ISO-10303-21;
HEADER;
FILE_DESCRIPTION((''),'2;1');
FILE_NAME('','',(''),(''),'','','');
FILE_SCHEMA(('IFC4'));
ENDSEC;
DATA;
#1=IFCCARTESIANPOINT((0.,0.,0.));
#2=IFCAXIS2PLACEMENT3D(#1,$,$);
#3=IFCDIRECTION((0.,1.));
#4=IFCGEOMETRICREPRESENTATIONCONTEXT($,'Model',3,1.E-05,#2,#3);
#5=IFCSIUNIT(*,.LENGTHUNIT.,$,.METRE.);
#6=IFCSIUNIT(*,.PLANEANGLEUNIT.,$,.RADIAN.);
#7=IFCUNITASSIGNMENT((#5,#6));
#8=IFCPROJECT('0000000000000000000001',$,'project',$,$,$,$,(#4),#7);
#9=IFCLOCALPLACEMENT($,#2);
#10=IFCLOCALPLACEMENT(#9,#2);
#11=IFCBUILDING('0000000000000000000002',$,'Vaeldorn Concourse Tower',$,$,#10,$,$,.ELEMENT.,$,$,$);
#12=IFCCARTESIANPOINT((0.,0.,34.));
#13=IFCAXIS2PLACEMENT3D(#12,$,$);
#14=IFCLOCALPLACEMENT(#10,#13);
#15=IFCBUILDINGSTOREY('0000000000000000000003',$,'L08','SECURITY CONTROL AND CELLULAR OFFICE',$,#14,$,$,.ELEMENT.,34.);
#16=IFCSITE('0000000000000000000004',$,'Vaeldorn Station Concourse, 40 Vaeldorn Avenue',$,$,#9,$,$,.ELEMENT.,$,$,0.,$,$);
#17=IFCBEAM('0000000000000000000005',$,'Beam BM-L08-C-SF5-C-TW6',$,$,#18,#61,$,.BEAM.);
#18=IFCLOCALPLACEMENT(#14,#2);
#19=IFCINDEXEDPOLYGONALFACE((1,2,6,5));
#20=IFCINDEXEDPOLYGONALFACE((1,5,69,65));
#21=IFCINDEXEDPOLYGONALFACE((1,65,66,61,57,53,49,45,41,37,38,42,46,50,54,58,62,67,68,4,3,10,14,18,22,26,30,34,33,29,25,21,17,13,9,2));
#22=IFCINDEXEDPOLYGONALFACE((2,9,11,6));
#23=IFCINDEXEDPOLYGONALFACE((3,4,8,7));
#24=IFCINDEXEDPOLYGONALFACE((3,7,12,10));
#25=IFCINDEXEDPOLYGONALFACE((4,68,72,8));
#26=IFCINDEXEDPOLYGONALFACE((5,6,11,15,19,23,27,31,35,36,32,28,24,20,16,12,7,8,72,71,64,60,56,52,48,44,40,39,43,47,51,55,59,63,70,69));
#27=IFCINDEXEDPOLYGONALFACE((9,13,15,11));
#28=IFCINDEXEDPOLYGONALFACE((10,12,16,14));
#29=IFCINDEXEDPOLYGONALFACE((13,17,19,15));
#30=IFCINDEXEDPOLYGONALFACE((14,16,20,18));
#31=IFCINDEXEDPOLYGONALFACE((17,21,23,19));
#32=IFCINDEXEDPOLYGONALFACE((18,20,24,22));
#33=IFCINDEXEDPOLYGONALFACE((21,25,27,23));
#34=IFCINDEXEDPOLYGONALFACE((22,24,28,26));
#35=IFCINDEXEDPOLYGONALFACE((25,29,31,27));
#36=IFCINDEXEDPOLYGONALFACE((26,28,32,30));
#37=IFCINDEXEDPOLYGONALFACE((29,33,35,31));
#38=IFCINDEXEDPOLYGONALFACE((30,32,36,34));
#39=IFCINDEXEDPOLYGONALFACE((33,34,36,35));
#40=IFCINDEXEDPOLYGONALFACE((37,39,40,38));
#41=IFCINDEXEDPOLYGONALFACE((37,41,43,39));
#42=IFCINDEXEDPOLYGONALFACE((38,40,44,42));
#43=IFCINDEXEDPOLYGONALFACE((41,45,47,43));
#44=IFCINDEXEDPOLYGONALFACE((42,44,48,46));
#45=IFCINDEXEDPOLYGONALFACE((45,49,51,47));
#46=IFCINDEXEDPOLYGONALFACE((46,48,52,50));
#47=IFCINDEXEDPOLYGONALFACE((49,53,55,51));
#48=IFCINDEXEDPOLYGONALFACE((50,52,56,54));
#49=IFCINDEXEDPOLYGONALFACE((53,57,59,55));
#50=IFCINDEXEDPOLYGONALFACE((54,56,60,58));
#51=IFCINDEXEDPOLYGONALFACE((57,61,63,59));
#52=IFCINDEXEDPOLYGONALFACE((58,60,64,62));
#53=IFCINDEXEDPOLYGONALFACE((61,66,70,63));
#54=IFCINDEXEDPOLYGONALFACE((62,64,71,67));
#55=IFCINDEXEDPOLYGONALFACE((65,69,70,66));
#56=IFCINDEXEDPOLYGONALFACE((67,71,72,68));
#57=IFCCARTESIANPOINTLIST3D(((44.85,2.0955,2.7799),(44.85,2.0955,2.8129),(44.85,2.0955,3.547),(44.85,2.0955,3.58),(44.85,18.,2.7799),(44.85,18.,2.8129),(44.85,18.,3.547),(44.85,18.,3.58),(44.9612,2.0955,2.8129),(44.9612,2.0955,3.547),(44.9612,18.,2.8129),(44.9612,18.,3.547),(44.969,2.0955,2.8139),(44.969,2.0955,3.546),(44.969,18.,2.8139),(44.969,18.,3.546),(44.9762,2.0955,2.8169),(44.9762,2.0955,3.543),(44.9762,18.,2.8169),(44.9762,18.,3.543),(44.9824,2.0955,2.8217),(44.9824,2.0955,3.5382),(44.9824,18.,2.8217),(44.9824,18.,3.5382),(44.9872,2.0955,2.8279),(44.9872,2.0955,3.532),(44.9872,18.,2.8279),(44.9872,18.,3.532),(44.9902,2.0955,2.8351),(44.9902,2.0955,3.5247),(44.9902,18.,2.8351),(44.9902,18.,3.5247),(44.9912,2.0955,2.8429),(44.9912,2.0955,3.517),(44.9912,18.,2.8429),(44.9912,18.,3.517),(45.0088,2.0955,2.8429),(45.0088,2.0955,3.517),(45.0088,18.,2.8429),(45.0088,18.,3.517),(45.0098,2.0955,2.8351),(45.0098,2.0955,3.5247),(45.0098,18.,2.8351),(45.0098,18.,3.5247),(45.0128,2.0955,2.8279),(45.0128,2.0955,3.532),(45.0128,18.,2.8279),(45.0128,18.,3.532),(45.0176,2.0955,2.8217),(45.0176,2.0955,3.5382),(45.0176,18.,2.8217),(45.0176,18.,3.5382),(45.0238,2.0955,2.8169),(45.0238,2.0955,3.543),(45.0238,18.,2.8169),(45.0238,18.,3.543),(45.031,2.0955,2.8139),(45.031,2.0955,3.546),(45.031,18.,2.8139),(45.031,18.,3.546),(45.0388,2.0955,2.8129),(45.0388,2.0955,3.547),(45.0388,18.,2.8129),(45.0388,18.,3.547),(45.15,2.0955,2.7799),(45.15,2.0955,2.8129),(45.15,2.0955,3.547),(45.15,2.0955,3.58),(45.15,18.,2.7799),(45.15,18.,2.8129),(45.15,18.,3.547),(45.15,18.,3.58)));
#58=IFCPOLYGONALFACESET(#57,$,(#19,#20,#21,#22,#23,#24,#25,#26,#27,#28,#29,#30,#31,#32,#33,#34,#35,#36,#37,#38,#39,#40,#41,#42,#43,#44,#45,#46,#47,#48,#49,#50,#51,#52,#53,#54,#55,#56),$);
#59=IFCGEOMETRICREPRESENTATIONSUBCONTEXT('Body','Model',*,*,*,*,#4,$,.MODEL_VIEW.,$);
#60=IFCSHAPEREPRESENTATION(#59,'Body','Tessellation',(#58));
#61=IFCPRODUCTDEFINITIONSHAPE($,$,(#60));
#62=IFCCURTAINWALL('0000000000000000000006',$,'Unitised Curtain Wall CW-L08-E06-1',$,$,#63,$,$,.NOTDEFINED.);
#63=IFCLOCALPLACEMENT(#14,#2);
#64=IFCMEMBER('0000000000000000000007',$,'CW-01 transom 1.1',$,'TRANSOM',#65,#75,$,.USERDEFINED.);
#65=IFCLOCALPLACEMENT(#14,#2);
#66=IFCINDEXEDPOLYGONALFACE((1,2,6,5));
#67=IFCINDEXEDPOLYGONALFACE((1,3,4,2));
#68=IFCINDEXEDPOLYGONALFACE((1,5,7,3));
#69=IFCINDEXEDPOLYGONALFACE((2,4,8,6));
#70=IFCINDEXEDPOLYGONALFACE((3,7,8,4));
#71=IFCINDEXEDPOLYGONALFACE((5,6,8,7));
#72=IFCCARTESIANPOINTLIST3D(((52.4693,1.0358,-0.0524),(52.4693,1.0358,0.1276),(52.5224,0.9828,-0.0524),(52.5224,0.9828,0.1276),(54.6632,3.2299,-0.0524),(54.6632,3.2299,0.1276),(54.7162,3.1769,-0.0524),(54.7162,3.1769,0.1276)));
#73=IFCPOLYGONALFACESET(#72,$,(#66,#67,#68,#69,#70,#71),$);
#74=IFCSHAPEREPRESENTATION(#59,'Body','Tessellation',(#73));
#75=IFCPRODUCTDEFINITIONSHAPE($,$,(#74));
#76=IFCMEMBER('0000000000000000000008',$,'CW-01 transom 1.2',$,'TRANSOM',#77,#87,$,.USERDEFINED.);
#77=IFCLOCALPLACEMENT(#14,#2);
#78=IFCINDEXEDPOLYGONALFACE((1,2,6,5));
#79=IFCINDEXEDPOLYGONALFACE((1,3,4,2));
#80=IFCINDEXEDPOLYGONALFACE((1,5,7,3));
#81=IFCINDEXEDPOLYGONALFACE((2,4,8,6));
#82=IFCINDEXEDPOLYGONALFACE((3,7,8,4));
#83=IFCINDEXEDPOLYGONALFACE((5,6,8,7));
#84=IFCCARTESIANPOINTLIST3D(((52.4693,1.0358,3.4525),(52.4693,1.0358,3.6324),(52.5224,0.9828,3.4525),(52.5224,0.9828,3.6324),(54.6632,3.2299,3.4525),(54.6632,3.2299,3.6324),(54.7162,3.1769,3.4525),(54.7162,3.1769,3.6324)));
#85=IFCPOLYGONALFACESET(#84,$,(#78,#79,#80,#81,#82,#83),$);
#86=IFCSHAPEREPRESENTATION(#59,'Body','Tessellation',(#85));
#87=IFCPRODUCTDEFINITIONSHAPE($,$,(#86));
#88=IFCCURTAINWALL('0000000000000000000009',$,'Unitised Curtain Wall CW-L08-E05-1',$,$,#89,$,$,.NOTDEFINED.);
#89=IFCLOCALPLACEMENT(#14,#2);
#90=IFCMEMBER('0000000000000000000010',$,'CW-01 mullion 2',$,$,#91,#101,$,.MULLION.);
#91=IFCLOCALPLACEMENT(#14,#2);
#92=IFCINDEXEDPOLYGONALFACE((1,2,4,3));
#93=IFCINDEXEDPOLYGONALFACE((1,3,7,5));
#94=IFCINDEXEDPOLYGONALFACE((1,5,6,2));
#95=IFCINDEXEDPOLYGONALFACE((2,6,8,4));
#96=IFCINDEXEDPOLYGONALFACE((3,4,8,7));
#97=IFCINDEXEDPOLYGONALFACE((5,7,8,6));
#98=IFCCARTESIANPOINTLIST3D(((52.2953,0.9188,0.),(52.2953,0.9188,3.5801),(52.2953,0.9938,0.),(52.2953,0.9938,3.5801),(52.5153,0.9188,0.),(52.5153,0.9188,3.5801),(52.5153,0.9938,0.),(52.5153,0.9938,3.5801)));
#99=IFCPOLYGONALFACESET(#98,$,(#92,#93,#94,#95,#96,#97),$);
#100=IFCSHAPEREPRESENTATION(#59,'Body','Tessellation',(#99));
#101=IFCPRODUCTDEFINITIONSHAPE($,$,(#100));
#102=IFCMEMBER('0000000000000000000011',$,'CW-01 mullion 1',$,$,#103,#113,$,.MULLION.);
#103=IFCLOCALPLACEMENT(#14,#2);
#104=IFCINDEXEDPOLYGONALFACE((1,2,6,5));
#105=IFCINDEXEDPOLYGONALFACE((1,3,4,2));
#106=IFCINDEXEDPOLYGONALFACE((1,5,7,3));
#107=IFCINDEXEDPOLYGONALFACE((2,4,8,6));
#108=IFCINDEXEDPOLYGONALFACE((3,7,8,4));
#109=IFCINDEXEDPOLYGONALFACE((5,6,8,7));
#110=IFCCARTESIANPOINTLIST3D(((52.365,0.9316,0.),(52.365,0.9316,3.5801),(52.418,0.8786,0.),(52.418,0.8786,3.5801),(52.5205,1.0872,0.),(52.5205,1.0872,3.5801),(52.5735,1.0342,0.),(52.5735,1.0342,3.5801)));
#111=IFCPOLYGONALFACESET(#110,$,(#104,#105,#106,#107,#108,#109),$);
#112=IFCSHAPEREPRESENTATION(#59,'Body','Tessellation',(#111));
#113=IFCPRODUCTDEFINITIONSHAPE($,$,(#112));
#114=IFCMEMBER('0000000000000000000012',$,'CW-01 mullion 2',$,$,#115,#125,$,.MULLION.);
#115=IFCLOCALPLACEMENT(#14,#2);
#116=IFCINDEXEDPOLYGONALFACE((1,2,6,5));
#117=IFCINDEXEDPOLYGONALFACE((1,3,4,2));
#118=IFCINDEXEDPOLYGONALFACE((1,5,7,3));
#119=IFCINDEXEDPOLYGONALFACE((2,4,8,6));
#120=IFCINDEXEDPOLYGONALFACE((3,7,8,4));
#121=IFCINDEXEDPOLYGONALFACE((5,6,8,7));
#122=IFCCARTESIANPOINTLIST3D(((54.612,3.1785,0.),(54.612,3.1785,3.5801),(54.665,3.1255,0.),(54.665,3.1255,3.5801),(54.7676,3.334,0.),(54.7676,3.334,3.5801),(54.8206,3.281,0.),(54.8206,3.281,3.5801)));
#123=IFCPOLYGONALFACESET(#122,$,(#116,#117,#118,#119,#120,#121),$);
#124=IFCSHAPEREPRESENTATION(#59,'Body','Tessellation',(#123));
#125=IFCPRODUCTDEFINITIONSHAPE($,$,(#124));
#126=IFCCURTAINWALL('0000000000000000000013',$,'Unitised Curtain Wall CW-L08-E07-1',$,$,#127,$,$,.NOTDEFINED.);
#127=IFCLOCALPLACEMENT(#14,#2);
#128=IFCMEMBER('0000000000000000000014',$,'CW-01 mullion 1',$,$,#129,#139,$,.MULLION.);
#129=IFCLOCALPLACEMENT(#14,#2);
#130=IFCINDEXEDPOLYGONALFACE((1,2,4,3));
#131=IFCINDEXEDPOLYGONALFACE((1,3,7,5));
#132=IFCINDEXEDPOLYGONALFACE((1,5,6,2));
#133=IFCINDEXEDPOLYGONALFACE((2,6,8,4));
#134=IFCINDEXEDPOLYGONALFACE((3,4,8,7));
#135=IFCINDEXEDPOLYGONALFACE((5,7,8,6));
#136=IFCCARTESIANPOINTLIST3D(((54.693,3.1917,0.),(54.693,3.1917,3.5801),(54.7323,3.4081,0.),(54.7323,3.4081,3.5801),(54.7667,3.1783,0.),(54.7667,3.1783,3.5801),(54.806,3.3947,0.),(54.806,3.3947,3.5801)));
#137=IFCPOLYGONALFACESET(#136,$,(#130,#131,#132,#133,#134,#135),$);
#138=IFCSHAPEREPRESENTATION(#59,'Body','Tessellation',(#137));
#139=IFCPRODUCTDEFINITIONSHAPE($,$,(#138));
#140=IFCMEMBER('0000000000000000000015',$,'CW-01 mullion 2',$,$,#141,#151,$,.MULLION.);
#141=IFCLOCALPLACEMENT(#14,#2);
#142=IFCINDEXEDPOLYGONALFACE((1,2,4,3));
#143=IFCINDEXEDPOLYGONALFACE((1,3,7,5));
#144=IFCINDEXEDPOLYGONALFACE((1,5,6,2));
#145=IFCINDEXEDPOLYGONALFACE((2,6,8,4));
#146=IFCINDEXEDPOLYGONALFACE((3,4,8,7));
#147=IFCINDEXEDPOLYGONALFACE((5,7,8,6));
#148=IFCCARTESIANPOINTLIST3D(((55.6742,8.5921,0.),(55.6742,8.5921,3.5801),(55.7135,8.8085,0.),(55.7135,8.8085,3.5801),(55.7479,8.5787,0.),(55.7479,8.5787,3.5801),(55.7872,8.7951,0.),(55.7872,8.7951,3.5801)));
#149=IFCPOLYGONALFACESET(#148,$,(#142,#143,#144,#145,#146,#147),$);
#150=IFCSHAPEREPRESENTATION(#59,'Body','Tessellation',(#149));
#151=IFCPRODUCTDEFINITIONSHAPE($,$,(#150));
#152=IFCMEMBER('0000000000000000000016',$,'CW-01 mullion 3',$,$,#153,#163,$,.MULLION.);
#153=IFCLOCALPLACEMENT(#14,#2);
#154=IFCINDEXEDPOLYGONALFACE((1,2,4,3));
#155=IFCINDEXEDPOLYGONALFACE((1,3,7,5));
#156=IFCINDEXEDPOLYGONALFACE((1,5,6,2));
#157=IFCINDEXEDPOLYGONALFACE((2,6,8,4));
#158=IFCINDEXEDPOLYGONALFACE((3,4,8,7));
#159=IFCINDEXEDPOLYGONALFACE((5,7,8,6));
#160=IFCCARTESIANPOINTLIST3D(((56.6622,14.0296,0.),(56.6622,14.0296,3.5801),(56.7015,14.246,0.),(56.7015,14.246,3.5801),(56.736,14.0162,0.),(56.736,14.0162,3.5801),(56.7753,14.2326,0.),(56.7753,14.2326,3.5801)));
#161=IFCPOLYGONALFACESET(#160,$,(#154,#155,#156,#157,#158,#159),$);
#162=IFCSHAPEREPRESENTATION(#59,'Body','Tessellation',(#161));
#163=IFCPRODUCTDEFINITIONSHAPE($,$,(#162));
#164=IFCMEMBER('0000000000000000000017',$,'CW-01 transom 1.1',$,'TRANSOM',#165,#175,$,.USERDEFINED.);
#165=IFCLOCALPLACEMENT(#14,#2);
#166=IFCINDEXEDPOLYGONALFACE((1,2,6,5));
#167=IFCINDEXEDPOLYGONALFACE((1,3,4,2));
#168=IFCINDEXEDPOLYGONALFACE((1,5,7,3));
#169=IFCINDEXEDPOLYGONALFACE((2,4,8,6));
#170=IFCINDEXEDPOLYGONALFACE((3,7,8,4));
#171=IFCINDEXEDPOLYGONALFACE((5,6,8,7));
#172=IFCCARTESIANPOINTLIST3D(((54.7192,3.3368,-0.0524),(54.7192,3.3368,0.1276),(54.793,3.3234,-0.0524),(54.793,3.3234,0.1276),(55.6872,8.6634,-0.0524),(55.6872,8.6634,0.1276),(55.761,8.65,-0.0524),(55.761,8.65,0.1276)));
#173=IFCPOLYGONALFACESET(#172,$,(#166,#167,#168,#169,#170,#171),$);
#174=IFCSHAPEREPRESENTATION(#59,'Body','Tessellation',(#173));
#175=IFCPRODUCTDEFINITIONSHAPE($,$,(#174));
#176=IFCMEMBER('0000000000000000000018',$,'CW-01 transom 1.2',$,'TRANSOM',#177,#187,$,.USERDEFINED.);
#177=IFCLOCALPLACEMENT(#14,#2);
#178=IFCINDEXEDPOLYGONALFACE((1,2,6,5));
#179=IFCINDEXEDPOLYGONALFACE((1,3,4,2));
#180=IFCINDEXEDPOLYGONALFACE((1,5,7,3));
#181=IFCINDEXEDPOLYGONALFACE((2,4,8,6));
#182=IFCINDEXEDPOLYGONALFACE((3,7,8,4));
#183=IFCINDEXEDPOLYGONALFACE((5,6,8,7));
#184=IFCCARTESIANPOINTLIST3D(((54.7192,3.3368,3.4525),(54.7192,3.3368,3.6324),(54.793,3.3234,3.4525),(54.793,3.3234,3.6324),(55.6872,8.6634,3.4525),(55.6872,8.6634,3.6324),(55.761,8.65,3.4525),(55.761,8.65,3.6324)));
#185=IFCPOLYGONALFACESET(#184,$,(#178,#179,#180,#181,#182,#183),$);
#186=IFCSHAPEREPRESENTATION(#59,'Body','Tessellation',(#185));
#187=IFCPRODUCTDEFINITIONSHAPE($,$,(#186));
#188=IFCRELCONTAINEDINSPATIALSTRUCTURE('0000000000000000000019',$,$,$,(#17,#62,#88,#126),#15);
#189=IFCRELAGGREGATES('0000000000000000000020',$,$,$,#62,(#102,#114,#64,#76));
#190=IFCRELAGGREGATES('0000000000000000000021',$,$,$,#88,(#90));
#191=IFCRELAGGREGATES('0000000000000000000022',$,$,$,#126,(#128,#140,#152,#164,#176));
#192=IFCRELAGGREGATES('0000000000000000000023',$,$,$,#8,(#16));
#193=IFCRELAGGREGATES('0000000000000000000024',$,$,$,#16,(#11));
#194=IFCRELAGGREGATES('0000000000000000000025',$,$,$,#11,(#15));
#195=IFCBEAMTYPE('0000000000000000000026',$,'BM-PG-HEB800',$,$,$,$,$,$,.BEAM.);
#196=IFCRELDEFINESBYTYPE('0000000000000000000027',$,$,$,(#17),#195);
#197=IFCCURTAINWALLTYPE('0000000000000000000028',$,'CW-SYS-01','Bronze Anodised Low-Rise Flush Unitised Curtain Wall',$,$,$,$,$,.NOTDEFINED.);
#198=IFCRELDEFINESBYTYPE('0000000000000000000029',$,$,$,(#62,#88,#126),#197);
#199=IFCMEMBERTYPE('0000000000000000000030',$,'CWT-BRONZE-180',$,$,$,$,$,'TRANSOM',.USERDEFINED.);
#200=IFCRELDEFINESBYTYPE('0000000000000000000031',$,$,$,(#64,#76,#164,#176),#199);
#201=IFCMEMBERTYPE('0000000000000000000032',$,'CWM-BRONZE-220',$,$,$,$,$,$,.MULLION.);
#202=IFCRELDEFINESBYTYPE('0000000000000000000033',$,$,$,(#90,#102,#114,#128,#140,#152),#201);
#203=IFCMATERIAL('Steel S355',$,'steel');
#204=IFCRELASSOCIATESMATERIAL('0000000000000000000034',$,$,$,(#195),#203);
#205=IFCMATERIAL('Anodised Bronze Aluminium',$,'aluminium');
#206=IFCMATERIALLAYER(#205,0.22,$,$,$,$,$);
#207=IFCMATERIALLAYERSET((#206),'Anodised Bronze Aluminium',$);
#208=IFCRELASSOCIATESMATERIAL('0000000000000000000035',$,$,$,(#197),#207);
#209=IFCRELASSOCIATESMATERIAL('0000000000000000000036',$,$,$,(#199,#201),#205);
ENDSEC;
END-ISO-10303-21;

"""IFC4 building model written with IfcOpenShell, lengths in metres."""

from ifc_helpers import new_model, si_unit, direction, frame, origin, origin_2d, place, context, subcontext, project, spatial, rectangle, i_section, extrude, source, transform, mapped, material, layer, layer_set, material_profile, profile_set, type_object, element, aggregate, save


model = new_model("IFC4")

# Units and contexts
model_context = context("Model", 3, precision=1e-05, world=origin(), true_north=direction((0.0, 1.0)))
body_context = subcontext(model_context, "Body", "Model", "MODEL_VIEW")
ifc_project = project(units=[si_unit("LENGTHUNIT", "METRE"), si_unit("PLANEANGLEUNIT", "RADIAN")], contexts=[model_context])

# Site, building, storey
site_placement = place(None, origin())
site = spatial("IfcSite", under=ifc_project, at=site_placement, Name="Vaeldorn Station Concourse, 40 Vaeldorn Avenue", CompositionType="ELEMENT", RefElevation=0.0)
building_placement = place(site_placement, origin())
building = spatial("IfcBuilding", under=site, at=building_placement, Name="Vaeldorn Concourse Tower", CompositionType="ELEMENT")
storey_placement = place(building_placement, frame((0.0, 0.0, 34.0)))
storey = spatial("IfcBuildingStorey", under=building, at=storey_placement, Name="L08", Description="SECURITY CONTROL AND CELLULAR OFFICE", CompositionType="ELEMENT", Elevation=34.0)

# Beam
ifc_material_1 = material(Name="Steel S355", Category="steel")
ifc_material_profile_1 = material_profile(ifc_material_1, i_section(OverallWidth=0.3, OverallDepth=0.8, WebThickness=0.0176, FlangeThickness=0.033, FilletRadius=0.03, at=origin_2d()), Name="HEB 800")
ifc_profile_set_1 = profile_set([ifc_material_profile_1], Name="Steel S355")
beam_type_1 = type_object("IfcBeamType", Name="BM-PG-HEB800", PredefinedType="BEAM", material=ifc_profile_set_1)
shared_shape_1 = source(origin(), body_context, "Body", "SweptSolid", [
    extrude(i_section(OverallWidth=0.3, OverallDepth=0.8, WebThickness=0.0176, FlangeThickness=0.033, FilletRadius=0.03, at=origin_2d()), origin(), (0.0, 0.0, 1.0), 15.9045),
])
beam_1_placement = place(storey_placement, frame((45.0, 2.0955, 3.1799), z_axis=(0.0, 1.0, 0.0), x_axis=(-1.0, 0.0, 0.0)))
element("IfcBeam", 1, at=beam_1_placement, inside=storey, type_object=beam_type_1, Name="Beam BM-L08-C-SF5-C-TW6", PredefinedType="BEAM", context=body_context, shape_type="MappedRepresentation", body=[
    mapped(shared_shape_1, transform((0.0, 0.0, 0.0), scale=1.0)),
])

# Curtain wall, members
ifc_material_2 = material(Name="Anodised Bronze Aluminium", Category="aluminium")
ifc_layer_1 = layer(ifc_material_2, 0.22)
ifc_layer_set_1 = layer_set([ifc_layer_1], Name="Anodised Bronze Aluminium")
curtain_wall_type = type_object("IfcCurtainWallType", Name="CW-SYS-01", Description="Bronze Anodised Low-Rise Flush Unitised Curtain Wall", PredefinedType="NOTDEFINED", material=ifc_layer_set_1)
curtain_wall_1_placement = place(storey_placement, origin())
curtain_wall_1 = element("IfcCurtainWall", 2, at=curtain_wall_1_placement, inside=storey, type_object=curtain_wall_type, Name="Unitised Curtain Wall CW-L08-E06-1", PredefinedType="NOTDEFINED")
ifc_material_profile_2 = material_profile(ifc_material_2, rectangle(XDim=0.075, YDim=0.1799, at=origin_2d()), Name="CWT 75x180")
ifc_profile_set_2 = profile_set([ifc_material_profile_2], Name="Anodised Bronze Aluminium")
member_type_1 = type_object("IfcMemberType", Name="CWT-BRONZE-180", ElementType="TRANSOM", PredefinedType="USERDEFINED", material=ifc_profile_set_2)
shared_shape_2 = source(origin(), body_context, "Body", "SweptSolid", [
    extrude(rectangle(XDim=0.075, YDim=0.1799, at=origin_2d()), origin(), (0.0, 0.0, 1.0), 3.1028),
])
member_1_placement = place(storey_placement, frame((52.4958, 1.0093, 0.0376), z_axis=(0.707067, 0.707146, 0.0), x_axis=(-0.707146, 0.707067, 0.0)))
member_1 = element("IfcMember", 3, at=member_1_placement, type_object=member_type_1, Name="CW-01 transom 1.1", ObjectType="TRANSOM", PredefinedType="USERDEFINED", context=body_context, shape_type="MappedRepresentation", body=[
    mapped(shared_shape_2, transform((0.0, 0.0, 0.0), scale=1.0)),
])
member_2_placement = place(storey_placement, frame((52.4958, 1.0093, 3.5425), z_axis=(0.707067, 0.707146, 0.0), x_axis=(-0.707146, 0.707067, 0.0)))
member_2 = element("IfcMember", 4, at=member_2_placement, type_object=member_type_1, Name="CW-01 transom 1.2", ObjectType="TRANSOM", PredefinedType="USERDEFINED", context=body_context, shape_type="MappedRepresentation", body=[
    mapped(shared_shape_2, transform((0.0, 0.0, 0.0), scale=1.0)),
])

# Curtain wall, member
curtain_wall_2_placement = place(storey_placement, origin())
curtain_wall_2 = element("IfcCurtainWall", 5, at=curtain_wall_2_placement, inside=storey, type_object=curtain_wall_type, Name="Unitised Curtain Wall CW-L08-E05-1", PredefinedType="NOTDEFINED")
ifc_material_profile_3 = material_profile(ifc_material_2, rectangle(XDim=0.075, YDim=0.22, at=origin_2d()), Name="CWM 75x220")
ifc_profile_set_3 = profile_set([ifc_material_profile_3], Name="Anodised Bronze Aluminium")
member_type_2 = type_object("IfcMemberType", Name="CWM-BRONZE-220", PredefinedType="MULLION", material=ifc_profile_set_3)
shared_shape_3 = source(origin(), body_context, "Body", "SweptSolid", [
    extrude(rectangle(XDim=0.075, YDim=0.22, at=origin_2d()), origin(), (0.0, 0.0, 1.0), 3.5801),
])
member_3_placement = place(storey_placement, frame((52.4053, 0.9563, 0.0), z_axis=(0.0, 0.0, 1.0), x_axis=(0.0, 1.0, 0.0)))
member_3 = element("IfcMember", 6, at=member_3_placement, type_object=member_type_2, Name="CW-01 mullion 2", PredefinedType="MULLION", context=body_context, shape_type="MappedRepresentation", body=[
    mapped(shared_shape_3, transform((0.0, 0.0, 0.0), scale=1.0)),
])

# Members
member_4_placement = place(storey_placement, frame((52.4692, 0.9829, 0.0), z_axis=(0.0, 0.0, 1.0), x_axis=(-0.707107, 0.707107, 0.0)))
member_4 = element("IfcMember", 7, at=member_4_placement, type_object=member_type_2, Name="CW-01 mullion 1", PredefinedType="MULLION", context=body_context, shape_type="MappedRepresentation", body=[
    mapped(shared_shape_3, transform((0.0, 0.0, 0.0), scale=1.0)),
])
member_5_placement = place(storey_placement, frame((54.7163, 3.2297, 0.0), z_axis=(0.0, 0.0, 1.0), x_axis=(-0.707107, 0.707107, 0.0)))
member_5 = element("IfcMember", 8, at=member_5_placement, type_object=member_type_2, Name="CW-01 mullion 2", PredefinedType="MULLION", context=body_context, shape_type="MappedRepresentation", body=[
    mapped(shared_shape_3, transform((0.0, 0.0, 0.0), scale=1.0)),
])

# Curtain wall, members
curtain_wall_3_placement = place(storey_placement, origin())
curtain_wall_3 = element("IfcCurtainWall", 9, at=curtain_wall_3_placement, inside=storey, type_object=curtain_wall_type, Name="Unitised Curtain Wall CW-L08-E07-1", PredefinedType="NOTDEFINED")
member_6_placement = place(storey_placement, frame((54.7495, 3.2932, 0.0), z_axis=(0.0, 0.0, 1.0), x_axis=(-0.98389, 0.178775, 0.0)))
member_6 = element("IfcMember", 10, at=member_6_placement, type_object=member_type_2, Name="CW-01 mullion 1", PredefinedType="MULLION", context=body_context, shape_type="MappedRepresentation", body=[
    mapped(shared_shape_3, transform((0.0, 0.0, 0.0), scale=1.0)),
])
member_7_placement = place(storey_placement, frame((55.7307, 8.6936, 0.0), z_axis=(0.0, 0.0, 1.0), x_axis=(-0.98389, 0.178775, 0.0)))
member_7 = element("IfcMember", 11, at=member_7_placement, type_object=member_type_2, Name="CW-01 mullion 2", PredefinedType="MULLION", context=body_context, shape_type="MappedRepresentation", body=[
    mapped(shared_shape_3, transform((0.0, 0.0, 0.0), scale=1.0)),
])
member_8_placement = place(storey_placement, frame((56.7188, 14.1311, 0.0), z_axis=(0.0, 0.0, 1.0), x_axis=(-0.98389, 0.178775, 0.0)))
member_8 = element("IfcMember", 12, at=member_8_placement, type_object=member_type_2, Name="CW-01 mullion 3", PredefinedType="MULLION", context=body_context, shape_type="MappedRepresentation", body=[
    mapped(shared_shape_3, transform((0.0, 0.0, 0.0), scale=1.0)),
])
shared_shape_4 = source(origin(), body_context, "Body", "SweptSolid", [
    extrude(rectangle(XDim=0.075, YDim=0.1799, at=origin_2d()), origin(), (0.0, 0.0, 1.0), 5.4138),
])
member_9_placement = place(storey_placement, frame((54.7561, 3.3301, 0.0376), z_axis=(0.178802, 0.983885, 0.0), x_axis=(-0.983885, 0.178802, 0.0)))
member_9 = element("IfcMember", 13, at=member_9_placement, type_object=member_type_1, Name="CW-01 transom 1.1", ObjectType="TRANSOM", PredefinedType="USERDEFINED", context=body_context, shape_type="MappedRepresentation", body=[
    mapped(shared_shape_4, transform((0.0, 0.0, 0.0), scale=1.0)),
])
member_10_placement = place(storey_placement, frame((54.7561, 3.3301, 3.5425), z_axis=(0.178802, 0.983885, 0.0), x_axis=(-0.983885, 0.178802, 0.0)))
member_10 = element("IfcMember", 14, at=member_10_placement, type_object=member_type_1, Name="CW-01 transom 1.2", ObjectType="TRANSOM", PredefinedType="USERDEFINED", context=body_context, shape_type="MappedRepresentation", body=[
    mapped(shared_shape_4, transform((0.0, 0.0, 0.0), scale=1.0)),
])

aggregate(curtain_wall_1, [member_4, member_5, member_1, member_2])
aggregate(curtain_wall_2, [member_3])
aggregate(curtain_wall_3, [member_6, member_7, member_8, member_9, member_10])

save(model, "model.ifc")
